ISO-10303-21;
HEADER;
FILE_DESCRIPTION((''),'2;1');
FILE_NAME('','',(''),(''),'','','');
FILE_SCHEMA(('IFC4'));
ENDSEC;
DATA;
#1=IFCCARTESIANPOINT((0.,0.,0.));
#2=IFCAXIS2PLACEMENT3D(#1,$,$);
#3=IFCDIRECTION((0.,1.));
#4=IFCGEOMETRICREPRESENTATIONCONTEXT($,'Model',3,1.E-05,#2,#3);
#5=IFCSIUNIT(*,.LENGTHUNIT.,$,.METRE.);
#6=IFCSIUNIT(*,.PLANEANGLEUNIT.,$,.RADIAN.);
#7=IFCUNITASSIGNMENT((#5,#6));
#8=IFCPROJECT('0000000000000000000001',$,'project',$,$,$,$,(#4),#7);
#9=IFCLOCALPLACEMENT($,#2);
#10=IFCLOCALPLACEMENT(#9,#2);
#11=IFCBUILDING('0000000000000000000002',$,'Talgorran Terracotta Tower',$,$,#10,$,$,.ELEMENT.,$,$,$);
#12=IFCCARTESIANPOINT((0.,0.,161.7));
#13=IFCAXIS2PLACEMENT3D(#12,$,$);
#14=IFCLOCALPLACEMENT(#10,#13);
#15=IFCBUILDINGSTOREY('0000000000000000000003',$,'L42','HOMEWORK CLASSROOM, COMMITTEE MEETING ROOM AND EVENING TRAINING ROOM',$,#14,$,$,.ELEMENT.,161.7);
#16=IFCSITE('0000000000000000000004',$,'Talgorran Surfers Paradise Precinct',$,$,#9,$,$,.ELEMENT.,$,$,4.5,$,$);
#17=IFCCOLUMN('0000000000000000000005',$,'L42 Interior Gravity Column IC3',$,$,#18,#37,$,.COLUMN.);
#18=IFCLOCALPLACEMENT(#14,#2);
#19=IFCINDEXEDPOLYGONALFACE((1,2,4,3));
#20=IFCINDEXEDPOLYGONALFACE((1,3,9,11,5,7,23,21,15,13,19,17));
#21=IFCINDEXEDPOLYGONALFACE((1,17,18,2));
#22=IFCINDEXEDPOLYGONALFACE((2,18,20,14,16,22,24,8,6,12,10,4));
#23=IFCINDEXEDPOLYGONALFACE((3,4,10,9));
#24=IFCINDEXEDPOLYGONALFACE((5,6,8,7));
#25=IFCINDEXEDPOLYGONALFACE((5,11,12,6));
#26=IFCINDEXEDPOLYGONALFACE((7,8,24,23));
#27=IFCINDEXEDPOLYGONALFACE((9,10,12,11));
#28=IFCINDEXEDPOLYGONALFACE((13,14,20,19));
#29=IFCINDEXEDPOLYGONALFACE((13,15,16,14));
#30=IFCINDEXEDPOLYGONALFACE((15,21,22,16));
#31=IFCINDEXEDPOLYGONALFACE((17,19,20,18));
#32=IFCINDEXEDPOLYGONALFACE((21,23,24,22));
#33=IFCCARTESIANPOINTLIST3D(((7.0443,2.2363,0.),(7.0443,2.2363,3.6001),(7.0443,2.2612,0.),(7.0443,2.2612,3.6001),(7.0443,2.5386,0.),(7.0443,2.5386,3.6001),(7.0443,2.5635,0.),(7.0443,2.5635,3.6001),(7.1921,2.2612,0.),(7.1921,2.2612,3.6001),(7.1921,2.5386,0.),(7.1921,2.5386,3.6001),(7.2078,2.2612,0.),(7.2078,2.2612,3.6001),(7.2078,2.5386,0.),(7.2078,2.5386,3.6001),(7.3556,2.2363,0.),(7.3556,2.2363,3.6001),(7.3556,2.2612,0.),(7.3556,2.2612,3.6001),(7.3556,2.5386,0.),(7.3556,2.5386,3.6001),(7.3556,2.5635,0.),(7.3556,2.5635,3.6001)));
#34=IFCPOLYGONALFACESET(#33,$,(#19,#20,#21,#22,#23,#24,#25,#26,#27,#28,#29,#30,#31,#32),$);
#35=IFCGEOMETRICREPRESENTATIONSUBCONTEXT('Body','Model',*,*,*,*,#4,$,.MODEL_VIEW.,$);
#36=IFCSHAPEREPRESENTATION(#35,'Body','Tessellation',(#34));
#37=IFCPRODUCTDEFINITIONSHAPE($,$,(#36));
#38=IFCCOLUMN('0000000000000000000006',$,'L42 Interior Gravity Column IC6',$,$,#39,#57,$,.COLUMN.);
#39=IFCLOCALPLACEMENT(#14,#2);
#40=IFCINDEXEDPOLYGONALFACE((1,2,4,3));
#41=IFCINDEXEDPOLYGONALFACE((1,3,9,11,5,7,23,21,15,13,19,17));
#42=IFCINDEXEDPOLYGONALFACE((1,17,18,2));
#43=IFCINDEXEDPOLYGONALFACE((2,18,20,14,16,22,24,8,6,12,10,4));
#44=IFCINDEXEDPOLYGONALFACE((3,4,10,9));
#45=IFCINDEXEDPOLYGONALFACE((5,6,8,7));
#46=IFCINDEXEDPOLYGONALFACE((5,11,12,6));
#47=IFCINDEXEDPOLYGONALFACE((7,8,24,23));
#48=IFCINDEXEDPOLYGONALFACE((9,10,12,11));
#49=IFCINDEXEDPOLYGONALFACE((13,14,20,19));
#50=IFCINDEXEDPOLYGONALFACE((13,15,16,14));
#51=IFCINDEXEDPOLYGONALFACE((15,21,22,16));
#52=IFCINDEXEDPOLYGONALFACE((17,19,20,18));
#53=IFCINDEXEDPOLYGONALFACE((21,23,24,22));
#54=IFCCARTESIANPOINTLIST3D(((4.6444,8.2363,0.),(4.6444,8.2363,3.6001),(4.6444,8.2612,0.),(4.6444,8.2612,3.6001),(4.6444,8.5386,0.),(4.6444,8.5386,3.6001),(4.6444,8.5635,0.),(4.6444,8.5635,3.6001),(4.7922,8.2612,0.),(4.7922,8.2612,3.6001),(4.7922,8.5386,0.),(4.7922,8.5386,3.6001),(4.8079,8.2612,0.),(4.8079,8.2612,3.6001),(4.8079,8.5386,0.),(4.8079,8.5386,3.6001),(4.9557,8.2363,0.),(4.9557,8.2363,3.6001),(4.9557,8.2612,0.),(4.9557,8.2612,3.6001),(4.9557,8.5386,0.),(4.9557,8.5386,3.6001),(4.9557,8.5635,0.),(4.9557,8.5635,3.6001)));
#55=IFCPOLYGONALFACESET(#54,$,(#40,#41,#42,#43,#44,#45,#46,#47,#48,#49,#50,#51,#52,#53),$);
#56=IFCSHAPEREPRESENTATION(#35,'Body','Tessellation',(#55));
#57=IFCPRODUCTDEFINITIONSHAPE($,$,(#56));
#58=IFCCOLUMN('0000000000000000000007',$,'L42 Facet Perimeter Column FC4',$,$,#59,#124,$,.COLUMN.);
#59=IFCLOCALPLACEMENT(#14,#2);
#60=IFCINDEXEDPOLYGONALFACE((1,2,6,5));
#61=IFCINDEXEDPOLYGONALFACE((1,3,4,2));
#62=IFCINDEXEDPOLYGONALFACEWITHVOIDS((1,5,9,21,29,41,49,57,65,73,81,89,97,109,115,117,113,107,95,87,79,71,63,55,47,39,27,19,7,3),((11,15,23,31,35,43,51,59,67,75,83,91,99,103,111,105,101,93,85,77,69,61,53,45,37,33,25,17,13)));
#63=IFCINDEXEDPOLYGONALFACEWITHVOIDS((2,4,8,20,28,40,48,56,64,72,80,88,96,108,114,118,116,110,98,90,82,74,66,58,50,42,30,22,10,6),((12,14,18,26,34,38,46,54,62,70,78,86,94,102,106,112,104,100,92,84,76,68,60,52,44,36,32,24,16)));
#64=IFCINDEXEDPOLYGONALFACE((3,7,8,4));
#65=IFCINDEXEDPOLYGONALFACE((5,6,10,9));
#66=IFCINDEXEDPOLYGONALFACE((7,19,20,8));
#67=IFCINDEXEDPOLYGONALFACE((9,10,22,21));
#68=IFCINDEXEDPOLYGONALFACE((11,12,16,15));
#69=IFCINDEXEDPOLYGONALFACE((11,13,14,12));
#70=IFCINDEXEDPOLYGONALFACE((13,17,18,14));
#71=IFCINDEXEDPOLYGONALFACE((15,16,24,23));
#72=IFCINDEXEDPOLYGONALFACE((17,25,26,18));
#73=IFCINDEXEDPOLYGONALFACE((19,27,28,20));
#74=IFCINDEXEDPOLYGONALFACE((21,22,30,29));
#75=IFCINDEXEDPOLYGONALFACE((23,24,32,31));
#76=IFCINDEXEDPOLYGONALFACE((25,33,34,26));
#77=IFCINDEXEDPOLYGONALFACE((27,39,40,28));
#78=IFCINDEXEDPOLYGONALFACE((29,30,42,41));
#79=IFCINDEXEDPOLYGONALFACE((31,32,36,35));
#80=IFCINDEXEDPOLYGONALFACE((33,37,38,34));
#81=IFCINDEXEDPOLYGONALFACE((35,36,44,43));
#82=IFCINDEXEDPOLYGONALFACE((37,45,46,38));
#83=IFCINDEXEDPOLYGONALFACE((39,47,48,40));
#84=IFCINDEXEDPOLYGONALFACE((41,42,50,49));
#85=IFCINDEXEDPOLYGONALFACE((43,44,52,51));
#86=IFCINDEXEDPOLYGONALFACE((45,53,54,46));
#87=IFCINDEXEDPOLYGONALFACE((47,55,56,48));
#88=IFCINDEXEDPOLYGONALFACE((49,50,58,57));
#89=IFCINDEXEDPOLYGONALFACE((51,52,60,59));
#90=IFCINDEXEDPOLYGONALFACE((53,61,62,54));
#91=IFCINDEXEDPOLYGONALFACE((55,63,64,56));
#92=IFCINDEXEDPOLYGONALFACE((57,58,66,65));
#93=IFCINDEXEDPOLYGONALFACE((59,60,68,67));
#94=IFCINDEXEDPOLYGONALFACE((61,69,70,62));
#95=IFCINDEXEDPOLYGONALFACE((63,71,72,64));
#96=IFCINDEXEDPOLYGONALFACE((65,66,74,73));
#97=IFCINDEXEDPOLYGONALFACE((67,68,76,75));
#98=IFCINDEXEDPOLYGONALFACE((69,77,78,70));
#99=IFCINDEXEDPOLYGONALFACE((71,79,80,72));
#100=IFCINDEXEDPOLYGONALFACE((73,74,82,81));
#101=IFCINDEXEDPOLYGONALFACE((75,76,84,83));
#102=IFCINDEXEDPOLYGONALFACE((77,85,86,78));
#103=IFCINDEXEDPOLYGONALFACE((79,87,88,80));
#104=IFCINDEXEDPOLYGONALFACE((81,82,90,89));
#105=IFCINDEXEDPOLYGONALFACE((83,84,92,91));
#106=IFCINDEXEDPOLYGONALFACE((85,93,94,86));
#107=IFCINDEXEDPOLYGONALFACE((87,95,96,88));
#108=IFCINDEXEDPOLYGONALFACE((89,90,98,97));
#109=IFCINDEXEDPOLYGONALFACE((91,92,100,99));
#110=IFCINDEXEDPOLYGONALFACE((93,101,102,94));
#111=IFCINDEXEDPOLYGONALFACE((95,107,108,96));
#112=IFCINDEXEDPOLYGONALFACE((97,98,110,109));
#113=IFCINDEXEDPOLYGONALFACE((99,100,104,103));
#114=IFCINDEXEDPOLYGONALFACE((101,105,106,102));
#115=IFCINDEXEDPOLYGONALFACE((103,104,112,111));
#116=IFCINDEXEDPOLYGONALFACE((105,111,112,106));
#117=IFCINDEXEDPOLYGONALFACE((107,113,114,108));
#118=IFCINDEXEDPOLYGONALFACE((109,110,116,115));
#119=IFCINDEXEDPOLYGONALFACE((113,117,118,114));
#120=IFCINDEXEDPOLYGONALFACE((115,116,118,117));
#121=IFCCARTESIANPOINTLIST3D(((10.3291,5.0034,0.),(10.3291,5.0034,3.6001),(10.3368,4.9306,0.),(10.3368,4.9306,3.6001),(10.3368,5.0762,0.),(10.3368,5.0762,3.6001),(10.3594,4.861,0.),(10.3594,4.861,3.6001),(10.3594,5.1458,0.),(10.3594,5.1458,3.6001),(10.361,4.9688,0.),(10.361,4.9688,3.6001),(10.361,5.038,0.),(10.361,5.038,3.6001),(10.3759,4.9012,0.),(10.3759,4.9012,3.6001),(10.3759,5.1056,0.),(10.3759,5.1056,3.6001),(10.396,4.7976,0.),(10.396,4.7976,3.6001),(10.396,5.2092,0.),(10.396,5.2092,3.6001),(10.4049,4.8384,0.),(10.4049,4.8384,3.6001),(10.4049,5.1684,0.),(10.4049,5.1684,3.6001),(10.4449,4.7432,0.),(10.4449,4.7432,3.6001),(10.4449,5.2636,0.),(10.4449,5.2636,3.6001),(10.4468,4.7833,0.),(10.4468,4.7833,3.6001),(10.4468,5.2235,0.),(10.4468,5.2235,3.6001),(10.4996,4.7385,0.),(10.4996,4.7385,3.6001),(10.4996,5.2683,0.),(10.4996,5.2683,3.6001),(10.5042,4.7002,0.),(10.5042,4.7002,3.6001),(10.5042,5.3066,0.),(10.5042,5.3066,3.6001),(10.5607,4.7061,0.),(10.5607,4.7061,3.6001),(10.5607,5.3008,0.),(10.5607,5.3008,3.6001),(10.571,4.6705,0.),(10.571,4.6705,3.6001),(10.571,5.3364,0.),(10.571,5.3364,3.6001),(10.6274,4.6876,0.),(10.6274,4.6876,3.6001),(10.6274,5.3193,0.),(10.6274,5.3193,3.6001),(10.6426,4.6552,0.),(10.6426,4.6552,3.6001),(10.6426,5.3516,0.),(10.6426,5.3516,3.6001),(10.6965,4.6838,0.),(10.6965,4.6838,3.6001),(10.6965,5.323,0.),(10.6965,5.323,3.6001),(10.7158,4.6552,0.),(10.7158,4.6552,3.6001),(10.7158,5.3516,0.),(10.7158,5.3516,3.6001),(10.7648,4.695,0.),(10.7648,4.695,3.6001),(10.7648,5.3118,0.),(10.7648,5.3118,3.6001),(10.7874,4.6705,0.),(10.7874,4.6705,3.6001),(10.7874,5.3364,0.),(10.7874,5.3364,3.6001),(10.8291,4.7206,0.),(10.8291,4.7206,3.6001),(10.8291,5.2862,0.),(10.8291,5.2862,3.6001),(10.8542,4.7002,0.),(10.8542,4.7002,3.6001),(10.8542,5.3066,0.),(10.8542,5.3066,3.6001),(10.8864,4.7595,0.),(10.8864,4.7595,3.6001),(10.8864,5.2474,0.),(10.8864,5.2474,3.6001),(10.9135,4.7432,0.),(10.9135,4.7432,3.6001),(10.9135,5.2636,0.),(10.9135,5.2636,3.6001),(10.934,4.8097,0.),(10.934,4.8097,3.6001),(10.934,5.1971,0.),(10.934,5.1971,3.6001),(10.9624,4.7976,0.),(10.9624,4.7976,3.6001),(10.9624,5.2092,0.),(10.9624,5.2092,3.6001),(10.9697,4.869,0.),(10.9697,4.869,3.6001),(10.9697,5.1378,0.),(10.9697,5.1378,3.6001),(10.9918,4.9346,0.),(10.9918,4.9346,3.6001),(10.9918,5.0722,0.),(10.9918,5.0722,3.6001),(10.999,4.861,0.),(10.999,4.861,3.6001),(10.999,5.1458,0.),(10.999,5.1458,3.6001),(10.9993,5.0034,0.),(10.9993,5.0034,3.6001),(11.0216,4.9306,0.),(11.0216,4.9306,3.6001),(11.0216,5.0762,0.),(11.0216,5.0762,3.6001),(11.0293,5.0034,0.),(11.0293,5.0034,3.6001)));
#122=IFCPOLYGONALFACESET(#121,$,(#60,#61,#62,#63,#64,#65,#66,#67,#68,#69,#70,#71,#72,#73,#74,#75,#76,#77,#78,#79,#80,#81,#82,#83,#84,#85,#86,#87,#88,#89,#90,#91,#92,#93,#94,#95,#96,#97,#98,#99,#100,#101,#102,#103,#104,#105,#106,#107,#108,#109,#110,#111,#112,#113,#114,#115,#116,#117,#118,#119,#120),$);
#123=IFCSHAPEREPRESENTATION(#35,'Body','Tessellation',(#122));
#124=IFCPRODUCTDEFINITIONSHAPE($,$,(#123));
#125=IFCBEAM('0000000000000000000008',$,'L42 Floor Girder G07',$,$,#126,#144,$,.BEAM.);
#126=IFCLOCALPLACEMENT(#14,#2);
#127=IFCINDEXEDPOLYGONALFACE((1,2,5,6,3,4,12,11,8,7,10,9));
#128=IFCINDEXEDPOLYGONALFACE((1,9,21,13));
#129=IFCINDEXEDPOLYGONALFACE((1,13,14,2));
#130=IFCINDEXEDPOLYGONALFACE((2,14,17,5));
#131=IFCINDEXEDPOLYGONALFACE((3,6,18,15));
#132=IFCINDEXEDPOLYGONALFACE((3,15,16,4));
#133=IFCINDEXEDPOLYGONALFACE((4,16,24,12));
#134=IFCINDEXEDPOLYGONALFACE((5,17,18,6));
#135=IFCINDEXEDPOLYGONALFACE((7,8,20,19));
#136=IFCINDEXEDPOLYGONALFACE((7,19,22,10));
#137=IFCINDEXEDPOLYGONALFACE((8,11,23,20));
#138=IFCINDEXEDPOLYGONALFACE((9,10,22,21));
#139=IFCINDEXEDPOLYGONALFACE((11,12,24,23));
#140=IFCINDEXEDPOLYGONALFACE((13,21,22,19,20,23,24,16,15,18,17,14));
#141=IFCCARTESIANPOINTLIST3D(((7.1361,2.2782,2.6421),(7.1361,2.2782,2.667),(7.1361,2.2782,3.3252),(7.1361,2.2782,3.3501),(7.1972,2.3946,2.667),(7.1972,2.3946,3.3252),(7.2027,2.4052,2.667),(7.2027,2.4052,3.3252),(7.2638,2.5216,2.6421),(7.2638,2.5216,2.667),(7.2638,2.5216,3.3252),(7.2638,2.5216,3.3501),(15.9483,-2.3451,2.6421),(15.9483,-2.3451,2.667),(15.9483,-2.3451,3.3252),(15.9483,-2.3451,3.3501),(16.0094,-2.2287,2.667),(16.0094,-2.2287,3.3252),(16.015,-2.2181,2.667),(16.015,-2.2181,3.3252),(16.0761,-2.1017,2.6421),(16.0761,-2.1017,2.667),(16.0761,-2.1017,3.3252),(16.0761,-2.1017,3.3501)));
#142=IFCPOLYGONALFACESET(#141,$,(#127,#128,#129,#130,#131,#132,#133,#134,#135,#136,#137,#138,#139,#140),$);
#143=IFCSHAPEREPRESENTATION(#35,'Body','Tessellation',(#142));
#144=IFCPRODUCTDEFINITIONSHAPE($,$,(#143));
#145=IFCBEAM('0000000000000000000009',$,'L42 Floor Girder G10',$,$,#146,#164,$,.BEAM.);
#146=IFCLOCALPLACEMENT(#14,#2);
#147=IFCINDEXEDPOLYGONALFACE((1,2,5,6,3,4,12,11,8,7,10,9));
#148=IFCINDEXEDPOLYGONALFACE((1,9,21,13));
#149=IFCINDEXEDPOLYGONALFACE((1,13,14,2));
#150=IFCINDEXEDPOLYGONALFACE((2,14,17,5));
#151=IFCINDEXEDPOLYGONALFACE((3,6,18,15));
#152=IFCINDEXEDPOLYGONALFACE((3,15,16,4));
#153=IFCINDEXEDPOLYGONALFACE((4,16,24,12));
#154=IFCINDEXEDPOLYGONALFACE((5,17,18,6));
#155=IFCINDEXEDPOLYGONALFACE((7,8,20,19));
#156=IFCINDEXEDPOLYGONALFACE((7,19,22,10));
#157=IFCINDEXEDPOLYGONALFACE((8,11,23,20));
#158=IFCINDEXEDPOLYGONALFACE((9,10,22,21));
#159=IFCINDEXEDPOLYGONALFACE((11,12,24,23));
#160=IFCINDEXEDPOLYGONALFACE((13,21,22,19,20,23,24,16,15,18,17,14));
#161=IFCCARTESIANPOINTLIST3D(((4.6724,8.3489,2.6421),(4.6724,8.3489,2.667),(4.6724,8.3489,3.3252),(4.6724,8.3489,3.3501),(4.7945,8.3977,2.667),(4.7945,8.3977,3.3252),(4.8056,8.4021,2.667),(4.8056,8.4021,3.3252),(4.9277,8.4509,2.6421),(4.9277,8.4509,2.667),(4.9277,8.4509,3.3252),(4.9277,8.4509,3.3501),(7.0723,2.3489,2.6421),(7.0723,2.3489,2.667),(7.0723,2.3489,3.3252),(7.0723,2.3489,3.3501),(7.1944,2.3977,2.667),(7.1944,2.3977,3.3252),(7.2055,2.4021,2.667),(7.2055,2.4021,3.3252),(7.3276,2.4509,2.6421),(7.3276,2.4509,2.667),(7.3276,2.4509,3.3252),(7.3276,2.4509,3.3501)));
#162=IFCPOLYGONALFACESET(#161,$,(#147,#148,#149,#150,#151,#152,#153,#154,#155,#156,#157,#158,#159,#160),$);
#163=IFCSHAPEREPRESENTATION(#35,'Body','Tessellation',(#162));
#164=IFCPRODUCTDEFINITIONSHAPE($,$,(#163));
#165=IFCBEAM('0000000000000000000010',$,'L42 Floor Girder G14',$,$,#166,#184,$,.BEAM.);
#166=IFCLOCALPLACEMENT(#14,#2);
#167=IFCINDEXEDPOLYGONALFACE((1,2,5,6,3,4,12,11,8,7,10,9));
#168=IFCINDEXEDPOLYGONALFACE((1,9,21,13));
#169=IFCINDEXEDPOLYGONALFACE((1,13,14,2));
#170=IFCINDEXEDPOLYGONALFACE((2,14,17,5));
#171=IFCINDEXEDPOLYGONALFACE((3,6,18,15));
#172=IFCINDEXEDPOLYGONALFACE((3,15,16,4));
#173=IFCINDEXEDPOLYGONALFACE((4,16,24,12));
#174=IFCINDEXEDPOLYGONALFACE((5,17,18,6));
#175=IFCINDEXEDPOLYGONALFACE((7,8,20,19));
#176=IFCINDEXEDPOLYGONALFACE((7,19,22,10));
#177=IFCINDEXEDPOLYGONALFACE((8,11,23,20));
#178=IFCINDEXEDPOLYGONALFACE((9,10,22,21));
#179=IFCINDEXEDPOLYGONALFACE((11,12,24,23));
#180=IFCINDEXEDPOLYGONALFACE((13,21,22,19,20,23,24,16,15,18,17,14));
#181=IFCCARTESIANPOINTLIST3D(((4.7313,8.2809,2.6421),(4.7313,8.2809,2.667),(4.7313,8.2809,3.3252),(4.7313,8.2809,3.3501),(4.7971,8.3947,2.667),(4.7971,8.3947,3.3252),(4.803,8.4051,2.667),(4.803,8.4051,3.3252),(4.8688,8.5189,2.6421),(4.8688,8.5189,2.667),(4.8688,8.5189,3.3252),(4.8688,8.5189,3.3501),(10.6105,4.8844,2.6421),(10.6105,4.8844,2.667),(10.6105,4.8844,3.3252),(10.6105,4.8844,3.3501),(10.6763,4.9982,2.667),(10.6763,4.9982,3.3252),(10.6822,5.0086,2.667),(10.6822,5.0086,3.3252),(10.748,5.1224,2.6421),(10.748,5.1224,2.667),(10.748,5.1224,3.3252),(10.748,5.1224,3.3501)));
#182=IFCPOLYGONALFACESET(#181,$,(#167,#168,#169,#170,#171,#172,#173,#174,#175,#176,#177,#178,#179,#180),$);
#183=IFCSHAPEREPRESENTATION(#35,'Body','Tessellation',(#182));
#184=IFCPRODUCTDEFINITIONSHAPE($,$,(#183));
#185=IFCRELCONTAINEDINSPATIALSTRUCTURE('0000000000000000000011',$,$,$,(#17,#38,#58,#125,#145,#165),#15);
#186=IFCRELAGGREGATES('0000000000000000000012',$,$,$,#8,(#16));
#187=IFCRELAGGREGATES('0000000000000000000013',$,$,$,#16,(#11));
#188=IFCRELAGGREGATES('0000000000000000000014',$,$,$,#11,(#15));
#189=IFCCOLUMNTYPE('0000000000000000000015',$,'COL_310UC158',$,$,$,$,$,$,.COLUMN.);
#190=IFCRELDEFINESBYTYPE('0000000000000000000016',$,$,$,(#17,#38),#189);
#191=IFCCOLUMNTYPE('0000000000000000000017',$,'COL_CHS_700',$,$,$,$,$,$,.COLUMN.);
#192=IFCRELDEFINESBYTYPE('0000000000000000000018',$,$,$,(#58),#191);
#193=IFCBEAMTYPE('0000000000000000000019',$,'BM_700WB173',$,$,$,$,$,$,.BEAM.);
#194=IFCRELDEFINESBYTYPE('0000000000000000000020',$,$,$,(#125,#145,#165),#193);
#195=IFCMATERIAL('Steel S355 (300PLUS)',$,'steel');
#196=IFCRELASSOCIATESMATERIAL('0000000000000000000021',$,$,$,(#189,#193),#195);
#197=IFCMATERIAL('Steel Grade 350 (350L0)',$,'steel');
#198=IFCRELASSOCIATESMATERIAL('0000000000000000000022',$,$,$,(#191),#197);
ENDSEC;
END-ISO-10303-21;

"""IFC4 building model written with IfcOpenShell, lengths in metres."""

from ifc_helpers import new_model, si_unit, direction, frame, origin, origin_2d, place, context, subcontext, project, spatial, hollow_circle, i_section, extrude, material, material_profile, profile_set, type_object, element, save


model = new_model("IFC4")

# Units and contexts
model_context = context("Model", 3, precision=1e-05, world=origin(), true_north=direction((0.0, 1.0)))
body_context = subcontext(model_context, "Body", "Model", "MODEL_VIEW")
ifc_project = project(units=[si_unit("LENGTHUNIT", "METRE"), si_unit("PLANEANGLEUNIT", "RADIAN")], contexts=[model_context])

# Site, building, storey
site_placement = place(None, origin())
site = spatial("IfcSite", under=ifc_project, at=site_placement, Name="Talgorran Surfers Paradise Precinct", CompositionType="ELEMENT", RefElevation=4.5)
building_placement = place(site_placement, origin())
building = spatial("IfcBuilding", under=site, at=building_placement, Name="Talgorran Terracotta Tower", CompositionType="ELEMENT")
storey_placement = place(building_placement, frame((0.0, 0.0, 161.7)))
storey = spatial("IfcBuildingStorey", under=building, at=storey_placement, Name="L42", Description="HOMEWORK CLASSROOM, COMMITTEE MEETING ROOM AND EVENING TRAINING ROOM", CompositionType="ELEMENT", Elevation=161.7)

# Columns
ifc_material_1 = material(Name="Steel S355 (300PLUS)", Category="steel")
ifc_material_profile_1 = material_profile(ifc_material_1, i_section(OverallWidth=0.3113, OverallDepth=0.3271, WebThickness=0.0156, FlangeThickness=0.0249, at=origin_2d()), Name="310UC158")
ifc_profile_set_1 = profile_set([ifc_material_profile_1], Name="Steel S355 (300PLUS)")
column_type_1 = type_object("IfcColumnType", Name="COL_310UC158", PredefinedType="COLUMN", material=ifc_profile_set_1)
for number, where, z_axis, x_axis, name in (
    (1, (7.2, 2.3999, 0.0), (0.0, 0.0, 1.0), (1.0, 0.0, 0.0), "L42 Interior Gravity Column IC3"),
    (2, (4.8, 8.3999, 0.0), (0.0, 0.0, 1.0), (1.0, 0.0, 0.0), "L42 Interior Gravity Column IC6"),
):
    element("IfcColumn", number, at=place(storey_placement, frame(where, z_axis=z_axis, x_axis=x_axis)), inside=storey, type_object=column_type_1, Name=name, PredefinedType="COLUMN", context=body_context, shape_type="SweptSolid", body=[
        extrude(i_section(OverallWidth=0.3113, OverallDepth=0.3271, WebThickness=0.0156, FlangeThickness=0.0249, at=origin_2d()), origin(), (0.0, 0.0, 1.0), 3.6001),
    ])
ifc_material_2 = material(Name="Steel Grade 350 (350L0)", Category="steel")
ifc_material_profile_2 = material_profile(ifc_material_2, hollow_circle(Radius=0.3501, WallThickness=0.03, at=origin_2d()), Name="CHS700X30")
ifc_profile_set_2 = profile_set([ifc_material_profile_2], Name="Steel Grade 350 (350L0)")
column_type_2 = type_object("IfcColumnType", Name="COL_CHS_700", PredefinedType="COLUMN", material=ifc_profile_set_2)
column_placement = place(storey_placement, frame((10.6792, 5.0034, 0.0), z_axis=(0.0, 0.0, 1.0), x_axis=(1.0, 0.0, 0.0)))
element("IfcColumn", 3, at=column_placement, inside=storey, type_object=column_type_2, Name="L42 Facet Perimeter Column FC4", PredefinedType="COLUMN", context=body_context, shape_type="SweptSolid", body=[
    extrude(hollow_circle(Radius=0.3501, WallThickness=0.03, at=origin_2d()), origin(), (0.0, 0.0, 1.0), 3.6001),
])

# Beams
ifc_material_profile_3 = material_profile(ifc_material_1, i_section(OverallWidth=0.2749, OverallDepth=0.708, WebThickness=0.012, FlangeThickness=0.0249, at=origin_2d()), Name="700WB173")
ifc_profile_set_3 = profile_set([ifc_material_profile_3], Name="Steel S355 (300PLUS)")
beam_type_1 = type_object("IfcBeamType", Name="BM_700WB173", PredefinedType="BEAM", material=ifc_profile_set_3)
beam_1_placement = place(storey_placement, frame((7.2, 2.3999, 2.9961), z_axis=(0.885528, -0.464586, 0.0), x_axis=(0.464586, 0.885528, 0.0)))
element("IfcBeam", 4, at=beam_1_placement, inside=storey, type_object=beam_type_1, Name="L42 Floor Girder G07", PredefinedType="BEAM", context=body_context, shape_type="SweptSolid", body=[
    extrude(i_section(OverallWidth=0.2749, OverallDepth=0.708, WebThickness=0.012, FlangeThickness=0.0249, at=origin_2d()), origin(), (0.0, 0.0, 1.0), 9.9514),
])
beam_2_placement = place(storey_placement, frame((7.2, 2.3999, 2.9961), z_axis=(-0.371378, 0.928482, 0.0), x_axis=(-0.928482, -0.371378, 0.0)))
element("IfcBeam", 5, at=beam_2_placement, inside=storey, type_object=beam_type_1, Name="L42 Floor Girder G10", PredefinedType="BEAM", context=body_context, shape_type="SweptSolid", body=[
    extrude(i_section(OverallWidth=0.2749, OverallDepth=0.708, WebThickness=0.012, FlangeThickness=0.0249, at=origin_2d()), origin(), (0.0, 0.0, 1.0), 6.4622),
])
beam_3_placement = place(storey_placement, frame((4.8, 8.3999, 2.9961), z_axis=(0.865888, -0.500238, 0.0), x_axis=(0.500238, 0.865888, 0.0)))
element("IfcBeam", 6, at=beam_3_placement, inside=storey, type_object=beam_type_1, Name="L42 Floor Girder G14", PredefinedType="BEAM", context=body_context, shape_type="SweptSolid", body=[
    extrude(i_section(OverallWidth=0.2749, OverallDepth=0.708, WebThickness=0.012, FlangeThickness=0.0249, at=origin_2d()), origin(), (0.0, 0.0, 1.0), 6.7898),
])

save(model, "model.ifc")
